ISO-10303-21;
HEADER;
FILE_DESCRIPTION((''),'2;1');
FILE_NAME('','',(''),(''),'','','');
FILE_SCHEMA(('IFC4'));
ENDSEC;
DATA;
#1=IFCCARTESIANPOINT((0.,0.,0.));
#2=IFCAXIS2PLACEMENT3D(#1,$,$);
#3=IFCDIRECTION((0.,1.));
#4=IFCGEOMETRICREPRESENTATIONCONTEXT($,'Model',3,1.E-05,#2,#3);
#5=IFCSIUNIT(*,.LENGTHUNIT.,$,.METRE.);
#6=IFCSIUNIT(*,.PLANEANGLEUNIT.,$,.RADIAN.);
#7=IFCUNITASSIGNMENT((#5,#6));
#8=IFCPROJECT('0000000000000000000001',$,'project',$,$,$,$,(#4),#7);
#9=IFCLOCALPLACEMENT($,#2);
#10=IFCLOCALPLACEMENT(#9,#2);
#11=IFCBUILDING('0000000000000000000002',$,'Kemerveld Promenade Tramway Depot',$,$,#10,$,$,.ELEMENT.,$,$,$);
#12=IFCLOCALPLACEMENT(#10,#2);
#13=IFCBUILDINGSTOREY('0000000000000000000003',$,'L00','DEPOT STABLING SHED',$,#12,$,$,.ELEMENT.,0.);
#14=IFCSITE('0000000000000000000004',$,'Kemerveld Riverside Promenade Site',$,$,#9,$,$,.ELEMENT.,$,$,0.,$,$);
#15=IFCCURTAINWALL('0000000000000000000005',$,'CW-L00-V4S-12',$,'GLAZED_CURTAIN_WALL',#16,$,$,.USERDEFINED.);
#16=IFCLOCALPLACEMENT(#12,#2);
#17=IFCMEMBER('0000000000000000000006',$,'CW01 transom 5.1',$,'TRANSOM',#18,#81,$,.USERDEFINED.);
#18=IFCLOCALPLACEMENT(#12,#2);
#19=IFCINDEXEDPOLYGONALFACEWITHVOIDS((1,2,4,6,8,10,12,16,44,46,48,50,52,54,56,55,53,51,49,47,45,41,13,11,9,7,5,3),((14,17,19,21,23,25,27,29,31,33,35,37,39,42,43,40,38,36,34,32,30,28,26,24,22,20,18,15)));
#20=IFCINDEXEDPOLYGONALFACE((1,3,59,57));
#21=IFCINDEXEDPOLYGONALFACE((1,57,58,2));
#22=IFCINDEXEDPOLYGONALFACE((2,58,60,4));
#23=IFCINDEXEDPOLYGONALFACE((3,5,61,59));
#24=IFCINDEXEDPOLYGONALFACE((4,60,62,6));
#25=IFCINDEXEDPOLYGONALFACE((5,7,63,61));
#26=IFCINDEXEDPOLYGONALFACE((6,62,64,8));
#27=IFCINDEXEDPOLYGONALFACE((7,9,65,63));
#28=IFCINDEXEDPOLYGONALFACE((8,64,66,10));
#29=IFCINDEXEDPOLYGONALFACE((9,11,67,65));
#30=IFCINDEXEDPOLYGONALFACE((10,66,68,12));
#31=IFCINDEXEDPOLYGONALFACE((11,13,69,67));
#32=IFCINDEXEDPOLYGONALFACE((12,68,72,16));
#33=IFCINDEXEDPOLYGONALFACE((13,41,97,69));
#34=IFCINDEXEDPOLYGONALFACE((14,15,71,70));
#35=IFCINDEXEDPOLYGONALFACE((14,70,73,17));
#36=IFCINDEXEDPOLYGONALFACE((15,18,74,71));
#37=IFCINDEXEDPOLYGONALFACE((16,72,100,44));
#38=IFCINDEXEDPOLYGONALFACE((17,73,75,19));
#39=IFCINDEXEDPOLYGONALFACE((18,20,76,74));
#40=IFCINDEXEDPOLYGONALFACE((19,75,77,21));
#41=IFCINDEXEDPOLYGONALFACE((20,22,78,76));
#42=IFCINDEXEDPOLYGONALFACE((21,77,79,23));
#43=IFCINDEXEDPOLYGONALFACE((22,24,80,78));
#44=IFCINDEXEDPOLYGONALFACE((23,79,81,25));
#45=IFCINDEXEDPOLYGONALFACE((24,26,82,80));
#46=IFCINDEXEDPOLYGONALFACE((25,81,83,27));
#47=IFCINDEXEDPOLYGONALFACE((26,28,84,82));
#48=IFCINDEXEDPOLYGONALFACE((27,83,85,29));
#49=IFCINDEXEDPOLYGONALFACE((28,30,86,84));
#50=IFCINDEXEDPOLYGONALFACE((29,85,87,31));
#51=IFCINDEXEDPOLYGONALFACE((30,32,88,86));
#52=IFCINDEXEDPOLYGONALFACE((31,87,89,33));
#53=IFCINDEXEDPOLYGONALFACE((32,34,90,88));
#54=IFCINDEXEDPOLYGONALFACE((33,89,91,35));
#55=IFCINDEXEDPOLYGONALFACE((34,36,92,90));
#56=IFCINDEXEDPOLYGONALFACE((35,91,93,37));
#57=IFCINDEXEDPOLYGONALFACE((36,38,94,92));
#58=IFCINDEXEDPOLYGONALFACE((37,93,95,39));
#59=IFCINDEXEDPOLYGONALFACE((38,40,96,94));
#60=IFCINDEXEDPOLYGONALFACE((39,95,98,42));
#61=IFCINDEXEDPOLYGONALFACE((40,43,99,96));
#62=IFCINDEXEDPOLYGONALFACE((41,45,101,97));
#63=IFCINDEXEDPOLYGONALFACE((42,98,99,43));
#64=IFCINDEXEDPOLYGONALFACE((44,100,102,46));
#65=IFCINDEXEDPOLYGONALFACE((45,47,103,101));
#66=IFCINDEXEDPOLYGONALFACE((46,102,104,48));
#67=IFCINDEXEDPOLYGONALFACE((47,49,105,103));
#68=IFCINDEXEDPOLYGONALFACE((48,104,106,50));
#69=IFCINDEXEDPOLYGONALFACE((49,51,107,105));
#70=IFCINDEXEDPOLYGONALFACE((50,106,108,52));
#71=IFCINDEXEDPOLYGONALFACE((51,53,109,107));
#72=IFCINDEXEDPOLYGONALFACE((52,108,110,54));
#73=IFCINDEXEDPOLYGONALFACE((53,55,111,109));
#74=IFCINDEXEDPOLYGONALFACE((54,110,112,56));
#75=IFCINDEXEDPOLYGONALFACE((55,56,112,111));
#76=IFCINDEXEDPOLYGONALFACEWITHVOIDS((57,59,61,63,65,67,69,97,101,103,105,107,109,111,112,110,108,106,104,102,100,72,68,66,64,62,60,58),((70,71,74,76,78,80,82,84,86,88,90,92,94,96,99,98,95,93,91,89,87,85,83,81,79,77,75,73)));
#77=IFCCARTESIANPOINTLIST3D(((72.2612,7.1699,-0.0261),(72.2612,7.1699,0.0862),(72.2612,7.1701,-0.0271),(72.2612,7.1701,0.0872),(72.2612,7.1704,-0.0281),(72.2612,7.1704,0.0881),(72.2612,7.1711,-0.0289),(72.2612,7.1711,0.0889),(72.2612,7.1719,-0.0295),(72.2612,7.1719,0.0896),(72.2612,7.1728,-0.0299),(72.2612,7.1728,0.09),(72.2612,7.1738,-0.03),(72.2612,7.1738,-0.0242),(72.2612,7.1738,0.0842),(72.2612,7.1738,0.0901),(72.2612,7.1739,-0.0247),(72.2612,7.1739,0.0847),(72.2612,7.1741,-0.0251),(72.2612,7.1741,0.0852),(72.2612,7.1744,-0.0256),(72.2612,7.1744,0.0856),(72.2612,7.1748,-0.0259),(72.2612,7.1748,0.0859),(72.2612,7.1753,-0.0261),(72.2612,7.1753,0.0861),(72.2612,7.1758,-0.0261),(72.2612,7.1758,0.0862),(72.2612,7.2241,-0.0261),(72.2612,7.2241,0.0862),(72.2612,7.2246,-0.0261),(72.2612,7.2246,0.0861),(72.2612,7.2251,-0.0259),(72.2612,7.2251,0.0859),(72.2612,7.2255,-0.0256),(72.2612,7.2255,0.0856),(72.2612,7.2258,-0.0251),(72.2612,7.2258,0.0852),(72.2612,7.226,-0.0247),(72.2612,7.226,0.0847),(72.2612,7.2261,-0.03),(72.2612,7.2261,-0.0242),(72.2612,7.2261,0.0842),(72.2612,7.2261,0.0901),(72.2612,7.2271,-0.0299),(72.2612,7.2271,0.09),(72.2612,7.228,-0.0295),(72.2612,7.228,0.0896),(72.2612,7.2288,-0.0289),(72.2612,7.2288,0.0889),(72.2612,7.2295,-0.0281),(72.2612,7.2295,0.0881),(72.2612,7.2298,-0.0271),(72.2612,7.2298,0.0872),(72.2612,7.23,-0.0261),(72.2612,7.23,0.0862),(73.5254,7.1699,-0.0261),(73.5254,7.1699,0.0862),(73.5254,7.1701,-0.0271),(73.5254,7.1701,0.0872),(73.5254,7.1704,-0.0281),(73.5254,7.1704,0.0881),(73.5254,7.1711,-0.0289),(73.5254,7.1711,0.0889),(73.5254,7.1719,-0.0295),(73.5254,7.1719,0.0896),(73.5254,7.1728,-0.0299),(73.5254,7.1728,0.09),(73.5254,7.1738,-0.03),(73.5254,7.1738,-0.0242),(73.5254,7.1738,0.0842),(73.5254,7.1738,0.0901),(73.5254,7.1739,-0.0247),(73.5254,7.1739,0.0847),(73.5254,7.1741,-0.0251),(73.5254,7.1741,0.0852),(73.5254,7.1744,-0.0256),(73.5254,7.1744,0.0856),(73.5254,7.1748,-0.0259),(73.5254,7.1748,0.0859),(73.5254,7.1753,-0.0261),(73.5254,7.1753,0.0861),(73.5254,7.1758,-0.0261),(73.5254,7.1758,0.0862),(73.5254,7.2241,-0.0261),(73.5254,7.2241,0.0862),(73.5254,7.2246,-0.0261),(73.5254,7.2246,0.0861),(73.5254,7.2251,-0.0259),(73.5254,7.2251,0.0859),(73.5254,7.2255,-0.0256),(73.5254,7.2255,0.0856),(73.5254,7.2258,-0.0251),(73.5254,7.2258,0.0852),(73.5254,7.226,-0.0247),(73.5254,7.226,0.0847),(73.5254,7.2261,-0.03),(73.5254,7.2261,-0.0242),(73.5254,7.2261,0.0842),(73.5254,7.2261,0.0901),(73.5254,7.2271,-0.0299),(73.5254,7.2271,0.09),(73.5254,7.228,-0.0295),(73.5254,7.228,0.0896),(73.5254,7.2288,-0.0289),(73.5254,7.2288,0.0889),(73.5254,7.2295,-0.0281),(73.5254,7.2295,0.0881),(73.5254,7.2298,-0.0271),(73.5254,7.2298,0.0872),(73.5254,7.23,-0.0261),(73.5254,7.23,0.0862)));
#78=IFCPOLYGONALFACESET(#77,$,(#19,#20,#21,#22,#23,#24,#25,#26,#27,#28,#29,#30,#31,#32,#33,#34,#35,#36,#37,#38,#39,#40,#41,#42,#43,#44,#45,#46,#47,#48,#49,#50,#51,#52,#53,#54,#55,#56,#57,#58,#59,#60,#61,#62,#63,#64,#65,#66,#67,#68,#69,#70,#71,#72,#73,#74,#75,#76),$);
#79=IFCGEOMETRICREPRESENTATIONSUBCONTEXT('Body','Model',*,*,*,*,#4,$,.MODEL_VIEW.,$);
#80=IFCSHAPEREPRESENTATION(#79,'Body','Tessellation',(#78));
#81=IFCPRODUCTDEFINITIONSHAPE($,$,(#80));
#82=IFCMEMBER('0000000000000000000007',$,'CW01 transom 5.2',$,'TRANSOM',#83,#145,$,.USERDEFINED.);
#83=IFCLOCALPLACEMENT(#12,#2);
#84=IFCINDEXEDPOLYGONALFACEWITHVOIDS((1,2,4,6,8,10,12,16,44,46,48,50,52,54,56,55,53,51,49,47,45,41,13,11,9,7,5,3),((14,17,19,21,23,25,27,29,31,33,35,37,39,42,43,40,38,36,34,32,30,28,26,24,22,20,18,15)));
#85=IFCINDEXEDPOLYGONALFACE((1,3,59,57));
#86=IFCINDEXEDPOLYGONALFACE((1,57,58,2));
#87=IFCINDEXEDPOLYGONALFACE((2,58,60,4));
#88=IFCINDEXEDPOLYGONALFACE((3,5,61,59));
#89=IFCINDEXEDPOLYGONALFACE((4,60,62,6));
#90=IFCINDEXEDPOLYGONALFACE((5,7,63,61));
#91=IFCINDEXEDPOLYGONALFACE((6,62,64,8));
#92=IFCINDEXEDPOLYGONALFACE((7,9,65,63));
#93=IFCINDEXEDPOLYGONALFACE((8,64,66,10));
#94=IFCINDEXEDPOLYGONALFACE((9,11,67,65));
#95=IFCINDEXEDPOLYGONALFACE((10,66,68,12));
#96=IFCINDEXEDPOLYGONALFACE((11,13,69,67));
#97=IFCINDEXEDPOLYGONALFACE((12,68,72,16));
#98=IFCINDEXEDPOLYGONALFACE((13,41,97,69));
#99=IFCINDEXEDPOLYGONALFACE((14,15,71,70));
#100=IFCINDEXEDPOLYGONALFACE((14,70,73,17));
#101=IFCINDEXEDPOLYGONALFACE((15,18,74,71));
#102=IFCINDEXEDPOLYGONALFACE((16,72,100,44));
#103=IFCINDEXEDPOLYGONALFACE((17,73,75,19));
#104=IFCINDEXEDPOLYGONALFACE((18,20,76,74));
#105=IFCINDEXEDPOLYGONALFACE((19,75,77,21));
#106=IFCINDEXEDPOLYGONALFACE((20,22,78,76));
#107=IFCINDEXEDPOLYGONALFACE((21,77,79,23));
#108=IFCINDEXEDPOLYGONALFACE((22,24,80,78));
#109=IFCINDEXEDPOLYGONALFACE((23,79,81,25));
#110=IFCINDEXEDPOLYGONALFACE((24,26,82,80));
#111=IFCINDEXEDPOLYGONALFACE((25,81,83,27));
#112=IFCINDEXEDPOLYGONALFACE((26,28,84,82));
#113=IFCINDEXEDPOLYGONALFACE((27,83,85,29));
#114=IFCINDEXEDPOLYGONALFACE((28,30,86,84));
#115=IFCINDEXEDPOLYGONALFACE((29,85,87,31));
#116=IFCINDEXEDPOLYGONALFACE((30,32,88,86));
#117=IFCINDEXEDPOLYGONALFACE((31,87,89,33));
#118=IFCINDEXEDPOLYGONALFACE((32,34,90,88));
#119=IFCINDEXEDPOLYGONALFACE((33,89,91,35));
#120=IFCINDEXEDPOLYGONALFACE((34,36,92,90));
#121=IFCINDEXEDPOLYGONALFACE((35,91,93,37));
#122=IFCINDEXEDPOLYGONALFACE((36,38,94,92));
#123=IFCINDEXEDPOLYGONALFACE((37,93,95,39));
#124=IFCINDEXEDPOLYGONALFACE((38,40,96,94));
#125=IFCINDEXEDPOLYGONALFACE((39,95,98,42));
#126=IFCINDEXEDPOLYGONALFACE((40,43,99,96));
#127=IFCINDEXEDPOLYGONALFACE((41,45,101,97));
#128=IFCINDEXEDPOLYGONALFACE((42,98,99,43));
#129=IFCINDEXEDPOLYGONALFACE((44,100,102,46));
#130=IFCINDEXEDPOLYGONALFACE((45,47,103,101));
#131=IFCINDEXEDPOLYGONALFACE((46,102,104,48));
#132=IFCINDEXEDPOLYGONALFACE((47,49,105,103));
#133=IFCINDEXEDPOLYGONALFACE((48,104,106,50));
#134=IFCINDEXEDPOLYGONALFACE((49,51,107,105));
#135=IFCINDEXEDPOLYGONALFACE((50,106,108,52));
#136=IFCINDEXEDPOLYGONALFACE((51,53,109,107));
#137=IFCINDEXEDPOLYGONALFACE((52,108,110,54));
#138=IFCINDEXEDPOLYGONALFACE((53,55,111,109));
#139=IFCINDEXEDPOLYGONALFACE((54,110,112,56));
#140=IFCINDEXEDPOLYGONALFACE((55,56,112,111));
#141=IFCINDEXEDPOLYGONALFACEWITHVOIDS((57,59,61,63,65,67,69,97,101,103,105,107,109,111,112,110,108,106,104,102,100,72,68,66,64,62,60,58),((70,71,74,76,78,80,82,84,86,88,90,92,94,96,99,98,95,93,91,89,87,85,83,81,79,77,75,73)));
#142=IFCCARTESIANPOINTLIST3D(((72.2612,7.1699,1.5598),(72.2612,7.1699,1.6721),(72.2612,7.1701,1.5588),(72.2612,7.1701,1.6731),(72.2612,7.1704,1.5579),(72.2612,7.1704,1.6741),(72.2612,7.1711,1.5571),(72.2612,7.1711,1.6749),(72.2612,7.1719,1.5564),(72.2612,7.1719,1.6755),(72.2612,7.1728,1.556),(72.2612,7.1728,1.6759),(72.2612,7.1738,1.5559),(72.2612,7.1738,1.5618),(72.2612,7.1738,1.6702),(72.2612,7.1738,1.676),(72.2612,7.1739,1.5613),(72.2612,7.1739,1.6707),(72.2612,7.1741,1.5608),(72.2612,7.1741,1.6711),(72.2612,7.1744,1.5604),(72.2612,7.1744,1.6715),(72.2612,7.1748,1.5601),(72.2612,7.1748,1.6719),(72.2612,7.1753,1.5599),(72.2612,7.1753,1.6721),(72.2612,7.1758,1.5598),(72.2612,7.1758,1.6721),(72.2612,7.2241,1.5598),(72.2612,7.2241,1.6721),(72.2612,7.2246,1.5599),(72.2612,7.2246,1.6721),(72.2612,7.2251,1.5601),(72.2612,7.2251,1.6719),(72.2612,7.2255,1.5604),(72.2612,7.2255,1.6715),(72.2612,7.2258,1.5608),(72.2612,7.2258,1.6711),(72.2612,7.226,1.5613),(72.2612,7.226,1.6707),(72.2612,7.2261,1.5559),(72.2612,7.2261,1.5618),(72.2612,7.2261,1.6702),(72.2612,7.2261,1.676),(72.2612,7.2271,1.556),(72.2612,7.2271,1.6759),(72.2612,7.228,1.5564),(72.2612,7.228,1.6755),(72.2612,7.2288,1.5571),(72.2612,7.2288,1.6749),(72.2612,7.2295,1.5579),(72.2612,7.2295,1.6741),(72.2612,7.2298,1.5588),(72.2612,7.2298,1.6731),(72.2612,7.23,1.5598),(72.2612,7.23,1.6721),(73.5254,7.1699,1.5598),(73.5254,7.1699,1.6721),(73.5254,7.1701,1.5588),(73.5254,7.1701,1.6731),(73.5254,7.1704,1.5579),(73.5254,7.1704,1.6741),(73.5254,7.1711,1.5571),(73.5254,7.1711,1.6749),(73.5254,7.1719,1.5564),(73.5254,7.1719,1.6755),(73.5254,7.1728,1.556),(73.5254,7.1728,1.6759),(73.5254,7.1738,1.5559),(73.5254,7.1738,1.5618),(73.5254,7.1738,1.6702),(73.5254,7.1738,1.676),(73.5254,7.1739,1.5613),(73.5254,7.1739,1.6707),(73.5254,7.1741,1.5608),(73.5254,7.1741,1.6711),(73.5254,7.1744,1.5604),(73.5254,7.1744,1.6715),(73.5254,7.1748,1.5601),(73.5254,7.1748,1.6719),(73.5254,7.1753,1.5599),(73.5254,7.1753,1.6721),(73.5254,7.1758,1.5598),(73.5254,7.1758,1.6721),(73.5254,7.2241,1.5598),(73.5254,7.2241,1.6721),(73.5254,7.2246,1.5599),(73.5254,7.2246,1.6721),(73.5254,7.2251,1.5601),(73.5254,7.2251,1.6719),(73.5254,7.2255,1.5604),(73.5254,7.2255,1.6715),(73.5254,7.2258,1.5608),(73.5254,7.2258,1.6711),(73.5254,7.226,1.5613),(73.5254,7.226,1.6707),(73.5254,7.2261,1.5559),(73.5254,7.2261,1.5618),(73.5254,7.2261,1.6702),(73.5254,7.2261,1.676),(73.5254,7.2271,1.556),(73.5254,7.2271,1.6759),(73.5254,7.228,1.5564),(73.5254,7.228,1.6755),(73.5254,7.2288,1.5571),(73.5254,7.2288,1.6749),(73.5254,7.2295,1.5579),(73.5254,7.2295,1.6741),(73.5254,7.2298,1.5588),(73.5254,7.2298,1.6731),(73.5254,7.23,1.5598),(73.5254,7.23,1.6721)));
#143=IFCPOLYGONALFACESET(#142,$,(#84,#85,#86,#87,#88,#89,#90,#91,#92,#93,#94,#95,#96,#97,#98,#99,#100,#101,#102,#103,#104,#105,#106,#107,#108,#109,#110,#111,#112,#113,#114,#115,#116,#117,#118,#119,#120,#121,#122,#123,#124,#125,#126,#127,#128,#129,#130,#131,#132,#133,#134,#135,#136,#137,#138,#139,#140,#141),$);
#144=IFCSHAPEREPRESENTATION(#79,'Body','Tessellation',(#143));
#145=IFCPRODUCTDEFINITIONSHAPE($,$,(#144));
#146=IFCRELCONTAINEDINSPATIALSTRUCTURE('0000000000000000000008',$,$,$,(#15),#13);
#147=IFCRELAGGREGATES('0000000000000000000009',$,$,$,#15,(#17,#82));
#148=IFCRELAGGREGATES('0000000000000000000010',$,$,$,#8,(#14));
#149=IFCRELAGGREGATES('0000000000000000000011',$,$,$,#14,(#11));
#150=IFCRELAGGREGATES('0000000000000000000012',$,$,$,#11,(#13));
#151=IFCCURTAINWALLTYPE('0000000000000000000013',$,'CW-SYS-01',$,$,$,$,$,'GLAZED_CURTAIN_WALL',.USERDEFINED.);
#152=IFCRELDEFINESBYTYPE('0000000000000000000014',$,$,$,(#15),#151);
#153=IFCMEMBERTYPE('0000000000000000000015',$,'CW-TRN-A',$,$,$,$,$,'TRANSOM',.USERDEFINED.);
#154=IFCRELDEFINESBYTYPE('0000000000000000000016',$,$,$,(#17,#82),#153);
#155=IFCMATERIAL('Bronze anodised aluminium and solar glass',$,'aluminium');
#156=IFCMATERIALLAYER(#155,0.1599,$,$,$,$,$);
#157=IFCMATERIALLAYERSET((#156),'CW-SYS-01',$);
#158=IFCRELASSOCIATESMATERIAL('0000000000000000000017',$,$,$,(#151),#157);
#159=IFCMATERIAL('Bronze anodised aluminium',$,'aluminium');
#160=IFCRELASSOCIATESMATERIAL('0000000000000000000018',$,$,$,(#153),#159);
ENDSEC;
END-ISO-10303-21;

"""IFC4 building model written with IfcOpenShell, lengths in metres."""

from ifc_helpers import new_model, si_unit, direction, frame, origin, origin_2d, place, context, subcontext, project, spatial, hollow_rectangle, extrude, material, layer, layer_set, material_profile, profile_set, type_object, element, aggregate, save


model = new_model("IFC4")

# Units and contexts
model_context = context("Model", 3, precision=1e-05, world=origin(), true_north=direction((0.0, 1.0)))
body_context = subcontext(model_context, "Body", "Model", "MODEL_VIEW")
ifc_project = project(units=[si_unit("LENGTHUNIT", "METRE"), si_unit("PLANEANGLEUNIT", "RADIAN")], contexts=[model_context])

# Site, building, storey
site_placement = place(None, origin())
site = spatial("IfcSite", under=ifc_project, at=site_placement, Name="Kemerveld Riverside Promenade Site", CompositionType="ELEMENT", RefElevation=0.0)
building_placement = place(site_placement, origin())
building = spatial("IfcBuilding", under=site, at=building_placement, Name="Kemerveld Promenade Tramway Depot", CompositionType="ELEMENT")
storey_placement = place(building_placement, origin())
storey = spatial("IfcBuildingStorey", under=building, at=storey_placement, Name="L00", Description="DEPOT STABLING SHED", CompositionType="ELEMENT", Elevation=0.0)

# Curtain wall, members
ifc_material_1 = material(Name="Bronze anodised aluminium and solar glass", Category="aluminium")
ifc_layer_1 = layer(ifc_material_1, 0.1599)
ifc_layer_set_1 = layer_set([ifc_layer_1], Name="CW-SYS-01")
curtain_wall_type = type_object("IfcCurtainWallType", Name="CW-SYS-01", ElementType="GLAZED_CURTAIN_WALL", PredefinedType="USERDEFINED", material=ifc_layer_set_1)
curtain_wall_placement = place(storey_placement, origin())
curtain_wall = element("IfcCurtainWall", 1, at=curtain_wall_placement, inside=storey, type_object=curtain_wall_type, Name="CW-L00-V4S-12", ObjectType="GLAZED_CURTAIN_WALL", PredefinedType="USERDEFINED")
ifc_material_2 = material(Name="Bronze anodised aluminium", Category="aluminium")
ifc_material_profile_1 = material_profile(ifc_material_2, hollow_rectangle(XDim=0.0601, YDim=0.1201, WallThickness=0.0039, InnerFilletRadius=0.002, OuterFilletRadius=0.0039, at=origin_2d()), Name="CW-TRN-120x60")
ifc_profile_set_1 = profile_set([ifc_material_profile_1], Name="Bronze anodised aluminium")
member_type_1 = type_object("IfcMemberType", Name="CW-TRN-A", ElementType="TRANSOM", PredefinedType="USERDEFINED", material=ifc_profile_set_1)
member_1_placement = place(storey_placement, frame((73.5254, 7.2, 0.03), z_axis=(-1.0, 0.0, 0.0), x_axis=(0.0, -1.0, 0.0)))
member_1 = element("IfcMember", 2, at=member_1_placement, type_object=member_type_1, Name="CW01 transom 5.1", ObjectType="TRANSOM", PredefinedType="USERDEFINED", context=body_context, shape_type="SweptSolid", body=[
    extrude(hollow_rectangle(XDim=0.0601, YDim=0.1201, WallThickness=0.0039, InnerFilletRadius=0.002, OuterFilletRadius=0.0039, at=origin_2d()), origin(), (0.0, 0.0, 1.0), 1.2642),
])
member_2_placement = place(storey_placement, frame((73.5254, 7.2, 1.616), z_axis=(-1.0, 0.0, 0.0), x_axis=(0.0, -1.0, 0.0)))
member_2 = element("IfcMember", 3, at=member_2_placement, type_object=member_type_1, Name="CW01 transom 5.2", ObjectType="TRANSOM", PredefinedType="USERDEFINED", context=body_context, shape_type="SweptSolid", body=[
    extrude(hollow_rectangle(XDim=0.0601, YDim=0.1201, WallThickness=0.0039, InnerFilletRadius=0.002, OuterFilletRadius=0.0039, at=origin_2d()), origin(), (0.0, 0.0, 1.0), 1.2642),
])
aggregate(curtain_wall, [member_1, member_2])

save(model, "model.ifc")
